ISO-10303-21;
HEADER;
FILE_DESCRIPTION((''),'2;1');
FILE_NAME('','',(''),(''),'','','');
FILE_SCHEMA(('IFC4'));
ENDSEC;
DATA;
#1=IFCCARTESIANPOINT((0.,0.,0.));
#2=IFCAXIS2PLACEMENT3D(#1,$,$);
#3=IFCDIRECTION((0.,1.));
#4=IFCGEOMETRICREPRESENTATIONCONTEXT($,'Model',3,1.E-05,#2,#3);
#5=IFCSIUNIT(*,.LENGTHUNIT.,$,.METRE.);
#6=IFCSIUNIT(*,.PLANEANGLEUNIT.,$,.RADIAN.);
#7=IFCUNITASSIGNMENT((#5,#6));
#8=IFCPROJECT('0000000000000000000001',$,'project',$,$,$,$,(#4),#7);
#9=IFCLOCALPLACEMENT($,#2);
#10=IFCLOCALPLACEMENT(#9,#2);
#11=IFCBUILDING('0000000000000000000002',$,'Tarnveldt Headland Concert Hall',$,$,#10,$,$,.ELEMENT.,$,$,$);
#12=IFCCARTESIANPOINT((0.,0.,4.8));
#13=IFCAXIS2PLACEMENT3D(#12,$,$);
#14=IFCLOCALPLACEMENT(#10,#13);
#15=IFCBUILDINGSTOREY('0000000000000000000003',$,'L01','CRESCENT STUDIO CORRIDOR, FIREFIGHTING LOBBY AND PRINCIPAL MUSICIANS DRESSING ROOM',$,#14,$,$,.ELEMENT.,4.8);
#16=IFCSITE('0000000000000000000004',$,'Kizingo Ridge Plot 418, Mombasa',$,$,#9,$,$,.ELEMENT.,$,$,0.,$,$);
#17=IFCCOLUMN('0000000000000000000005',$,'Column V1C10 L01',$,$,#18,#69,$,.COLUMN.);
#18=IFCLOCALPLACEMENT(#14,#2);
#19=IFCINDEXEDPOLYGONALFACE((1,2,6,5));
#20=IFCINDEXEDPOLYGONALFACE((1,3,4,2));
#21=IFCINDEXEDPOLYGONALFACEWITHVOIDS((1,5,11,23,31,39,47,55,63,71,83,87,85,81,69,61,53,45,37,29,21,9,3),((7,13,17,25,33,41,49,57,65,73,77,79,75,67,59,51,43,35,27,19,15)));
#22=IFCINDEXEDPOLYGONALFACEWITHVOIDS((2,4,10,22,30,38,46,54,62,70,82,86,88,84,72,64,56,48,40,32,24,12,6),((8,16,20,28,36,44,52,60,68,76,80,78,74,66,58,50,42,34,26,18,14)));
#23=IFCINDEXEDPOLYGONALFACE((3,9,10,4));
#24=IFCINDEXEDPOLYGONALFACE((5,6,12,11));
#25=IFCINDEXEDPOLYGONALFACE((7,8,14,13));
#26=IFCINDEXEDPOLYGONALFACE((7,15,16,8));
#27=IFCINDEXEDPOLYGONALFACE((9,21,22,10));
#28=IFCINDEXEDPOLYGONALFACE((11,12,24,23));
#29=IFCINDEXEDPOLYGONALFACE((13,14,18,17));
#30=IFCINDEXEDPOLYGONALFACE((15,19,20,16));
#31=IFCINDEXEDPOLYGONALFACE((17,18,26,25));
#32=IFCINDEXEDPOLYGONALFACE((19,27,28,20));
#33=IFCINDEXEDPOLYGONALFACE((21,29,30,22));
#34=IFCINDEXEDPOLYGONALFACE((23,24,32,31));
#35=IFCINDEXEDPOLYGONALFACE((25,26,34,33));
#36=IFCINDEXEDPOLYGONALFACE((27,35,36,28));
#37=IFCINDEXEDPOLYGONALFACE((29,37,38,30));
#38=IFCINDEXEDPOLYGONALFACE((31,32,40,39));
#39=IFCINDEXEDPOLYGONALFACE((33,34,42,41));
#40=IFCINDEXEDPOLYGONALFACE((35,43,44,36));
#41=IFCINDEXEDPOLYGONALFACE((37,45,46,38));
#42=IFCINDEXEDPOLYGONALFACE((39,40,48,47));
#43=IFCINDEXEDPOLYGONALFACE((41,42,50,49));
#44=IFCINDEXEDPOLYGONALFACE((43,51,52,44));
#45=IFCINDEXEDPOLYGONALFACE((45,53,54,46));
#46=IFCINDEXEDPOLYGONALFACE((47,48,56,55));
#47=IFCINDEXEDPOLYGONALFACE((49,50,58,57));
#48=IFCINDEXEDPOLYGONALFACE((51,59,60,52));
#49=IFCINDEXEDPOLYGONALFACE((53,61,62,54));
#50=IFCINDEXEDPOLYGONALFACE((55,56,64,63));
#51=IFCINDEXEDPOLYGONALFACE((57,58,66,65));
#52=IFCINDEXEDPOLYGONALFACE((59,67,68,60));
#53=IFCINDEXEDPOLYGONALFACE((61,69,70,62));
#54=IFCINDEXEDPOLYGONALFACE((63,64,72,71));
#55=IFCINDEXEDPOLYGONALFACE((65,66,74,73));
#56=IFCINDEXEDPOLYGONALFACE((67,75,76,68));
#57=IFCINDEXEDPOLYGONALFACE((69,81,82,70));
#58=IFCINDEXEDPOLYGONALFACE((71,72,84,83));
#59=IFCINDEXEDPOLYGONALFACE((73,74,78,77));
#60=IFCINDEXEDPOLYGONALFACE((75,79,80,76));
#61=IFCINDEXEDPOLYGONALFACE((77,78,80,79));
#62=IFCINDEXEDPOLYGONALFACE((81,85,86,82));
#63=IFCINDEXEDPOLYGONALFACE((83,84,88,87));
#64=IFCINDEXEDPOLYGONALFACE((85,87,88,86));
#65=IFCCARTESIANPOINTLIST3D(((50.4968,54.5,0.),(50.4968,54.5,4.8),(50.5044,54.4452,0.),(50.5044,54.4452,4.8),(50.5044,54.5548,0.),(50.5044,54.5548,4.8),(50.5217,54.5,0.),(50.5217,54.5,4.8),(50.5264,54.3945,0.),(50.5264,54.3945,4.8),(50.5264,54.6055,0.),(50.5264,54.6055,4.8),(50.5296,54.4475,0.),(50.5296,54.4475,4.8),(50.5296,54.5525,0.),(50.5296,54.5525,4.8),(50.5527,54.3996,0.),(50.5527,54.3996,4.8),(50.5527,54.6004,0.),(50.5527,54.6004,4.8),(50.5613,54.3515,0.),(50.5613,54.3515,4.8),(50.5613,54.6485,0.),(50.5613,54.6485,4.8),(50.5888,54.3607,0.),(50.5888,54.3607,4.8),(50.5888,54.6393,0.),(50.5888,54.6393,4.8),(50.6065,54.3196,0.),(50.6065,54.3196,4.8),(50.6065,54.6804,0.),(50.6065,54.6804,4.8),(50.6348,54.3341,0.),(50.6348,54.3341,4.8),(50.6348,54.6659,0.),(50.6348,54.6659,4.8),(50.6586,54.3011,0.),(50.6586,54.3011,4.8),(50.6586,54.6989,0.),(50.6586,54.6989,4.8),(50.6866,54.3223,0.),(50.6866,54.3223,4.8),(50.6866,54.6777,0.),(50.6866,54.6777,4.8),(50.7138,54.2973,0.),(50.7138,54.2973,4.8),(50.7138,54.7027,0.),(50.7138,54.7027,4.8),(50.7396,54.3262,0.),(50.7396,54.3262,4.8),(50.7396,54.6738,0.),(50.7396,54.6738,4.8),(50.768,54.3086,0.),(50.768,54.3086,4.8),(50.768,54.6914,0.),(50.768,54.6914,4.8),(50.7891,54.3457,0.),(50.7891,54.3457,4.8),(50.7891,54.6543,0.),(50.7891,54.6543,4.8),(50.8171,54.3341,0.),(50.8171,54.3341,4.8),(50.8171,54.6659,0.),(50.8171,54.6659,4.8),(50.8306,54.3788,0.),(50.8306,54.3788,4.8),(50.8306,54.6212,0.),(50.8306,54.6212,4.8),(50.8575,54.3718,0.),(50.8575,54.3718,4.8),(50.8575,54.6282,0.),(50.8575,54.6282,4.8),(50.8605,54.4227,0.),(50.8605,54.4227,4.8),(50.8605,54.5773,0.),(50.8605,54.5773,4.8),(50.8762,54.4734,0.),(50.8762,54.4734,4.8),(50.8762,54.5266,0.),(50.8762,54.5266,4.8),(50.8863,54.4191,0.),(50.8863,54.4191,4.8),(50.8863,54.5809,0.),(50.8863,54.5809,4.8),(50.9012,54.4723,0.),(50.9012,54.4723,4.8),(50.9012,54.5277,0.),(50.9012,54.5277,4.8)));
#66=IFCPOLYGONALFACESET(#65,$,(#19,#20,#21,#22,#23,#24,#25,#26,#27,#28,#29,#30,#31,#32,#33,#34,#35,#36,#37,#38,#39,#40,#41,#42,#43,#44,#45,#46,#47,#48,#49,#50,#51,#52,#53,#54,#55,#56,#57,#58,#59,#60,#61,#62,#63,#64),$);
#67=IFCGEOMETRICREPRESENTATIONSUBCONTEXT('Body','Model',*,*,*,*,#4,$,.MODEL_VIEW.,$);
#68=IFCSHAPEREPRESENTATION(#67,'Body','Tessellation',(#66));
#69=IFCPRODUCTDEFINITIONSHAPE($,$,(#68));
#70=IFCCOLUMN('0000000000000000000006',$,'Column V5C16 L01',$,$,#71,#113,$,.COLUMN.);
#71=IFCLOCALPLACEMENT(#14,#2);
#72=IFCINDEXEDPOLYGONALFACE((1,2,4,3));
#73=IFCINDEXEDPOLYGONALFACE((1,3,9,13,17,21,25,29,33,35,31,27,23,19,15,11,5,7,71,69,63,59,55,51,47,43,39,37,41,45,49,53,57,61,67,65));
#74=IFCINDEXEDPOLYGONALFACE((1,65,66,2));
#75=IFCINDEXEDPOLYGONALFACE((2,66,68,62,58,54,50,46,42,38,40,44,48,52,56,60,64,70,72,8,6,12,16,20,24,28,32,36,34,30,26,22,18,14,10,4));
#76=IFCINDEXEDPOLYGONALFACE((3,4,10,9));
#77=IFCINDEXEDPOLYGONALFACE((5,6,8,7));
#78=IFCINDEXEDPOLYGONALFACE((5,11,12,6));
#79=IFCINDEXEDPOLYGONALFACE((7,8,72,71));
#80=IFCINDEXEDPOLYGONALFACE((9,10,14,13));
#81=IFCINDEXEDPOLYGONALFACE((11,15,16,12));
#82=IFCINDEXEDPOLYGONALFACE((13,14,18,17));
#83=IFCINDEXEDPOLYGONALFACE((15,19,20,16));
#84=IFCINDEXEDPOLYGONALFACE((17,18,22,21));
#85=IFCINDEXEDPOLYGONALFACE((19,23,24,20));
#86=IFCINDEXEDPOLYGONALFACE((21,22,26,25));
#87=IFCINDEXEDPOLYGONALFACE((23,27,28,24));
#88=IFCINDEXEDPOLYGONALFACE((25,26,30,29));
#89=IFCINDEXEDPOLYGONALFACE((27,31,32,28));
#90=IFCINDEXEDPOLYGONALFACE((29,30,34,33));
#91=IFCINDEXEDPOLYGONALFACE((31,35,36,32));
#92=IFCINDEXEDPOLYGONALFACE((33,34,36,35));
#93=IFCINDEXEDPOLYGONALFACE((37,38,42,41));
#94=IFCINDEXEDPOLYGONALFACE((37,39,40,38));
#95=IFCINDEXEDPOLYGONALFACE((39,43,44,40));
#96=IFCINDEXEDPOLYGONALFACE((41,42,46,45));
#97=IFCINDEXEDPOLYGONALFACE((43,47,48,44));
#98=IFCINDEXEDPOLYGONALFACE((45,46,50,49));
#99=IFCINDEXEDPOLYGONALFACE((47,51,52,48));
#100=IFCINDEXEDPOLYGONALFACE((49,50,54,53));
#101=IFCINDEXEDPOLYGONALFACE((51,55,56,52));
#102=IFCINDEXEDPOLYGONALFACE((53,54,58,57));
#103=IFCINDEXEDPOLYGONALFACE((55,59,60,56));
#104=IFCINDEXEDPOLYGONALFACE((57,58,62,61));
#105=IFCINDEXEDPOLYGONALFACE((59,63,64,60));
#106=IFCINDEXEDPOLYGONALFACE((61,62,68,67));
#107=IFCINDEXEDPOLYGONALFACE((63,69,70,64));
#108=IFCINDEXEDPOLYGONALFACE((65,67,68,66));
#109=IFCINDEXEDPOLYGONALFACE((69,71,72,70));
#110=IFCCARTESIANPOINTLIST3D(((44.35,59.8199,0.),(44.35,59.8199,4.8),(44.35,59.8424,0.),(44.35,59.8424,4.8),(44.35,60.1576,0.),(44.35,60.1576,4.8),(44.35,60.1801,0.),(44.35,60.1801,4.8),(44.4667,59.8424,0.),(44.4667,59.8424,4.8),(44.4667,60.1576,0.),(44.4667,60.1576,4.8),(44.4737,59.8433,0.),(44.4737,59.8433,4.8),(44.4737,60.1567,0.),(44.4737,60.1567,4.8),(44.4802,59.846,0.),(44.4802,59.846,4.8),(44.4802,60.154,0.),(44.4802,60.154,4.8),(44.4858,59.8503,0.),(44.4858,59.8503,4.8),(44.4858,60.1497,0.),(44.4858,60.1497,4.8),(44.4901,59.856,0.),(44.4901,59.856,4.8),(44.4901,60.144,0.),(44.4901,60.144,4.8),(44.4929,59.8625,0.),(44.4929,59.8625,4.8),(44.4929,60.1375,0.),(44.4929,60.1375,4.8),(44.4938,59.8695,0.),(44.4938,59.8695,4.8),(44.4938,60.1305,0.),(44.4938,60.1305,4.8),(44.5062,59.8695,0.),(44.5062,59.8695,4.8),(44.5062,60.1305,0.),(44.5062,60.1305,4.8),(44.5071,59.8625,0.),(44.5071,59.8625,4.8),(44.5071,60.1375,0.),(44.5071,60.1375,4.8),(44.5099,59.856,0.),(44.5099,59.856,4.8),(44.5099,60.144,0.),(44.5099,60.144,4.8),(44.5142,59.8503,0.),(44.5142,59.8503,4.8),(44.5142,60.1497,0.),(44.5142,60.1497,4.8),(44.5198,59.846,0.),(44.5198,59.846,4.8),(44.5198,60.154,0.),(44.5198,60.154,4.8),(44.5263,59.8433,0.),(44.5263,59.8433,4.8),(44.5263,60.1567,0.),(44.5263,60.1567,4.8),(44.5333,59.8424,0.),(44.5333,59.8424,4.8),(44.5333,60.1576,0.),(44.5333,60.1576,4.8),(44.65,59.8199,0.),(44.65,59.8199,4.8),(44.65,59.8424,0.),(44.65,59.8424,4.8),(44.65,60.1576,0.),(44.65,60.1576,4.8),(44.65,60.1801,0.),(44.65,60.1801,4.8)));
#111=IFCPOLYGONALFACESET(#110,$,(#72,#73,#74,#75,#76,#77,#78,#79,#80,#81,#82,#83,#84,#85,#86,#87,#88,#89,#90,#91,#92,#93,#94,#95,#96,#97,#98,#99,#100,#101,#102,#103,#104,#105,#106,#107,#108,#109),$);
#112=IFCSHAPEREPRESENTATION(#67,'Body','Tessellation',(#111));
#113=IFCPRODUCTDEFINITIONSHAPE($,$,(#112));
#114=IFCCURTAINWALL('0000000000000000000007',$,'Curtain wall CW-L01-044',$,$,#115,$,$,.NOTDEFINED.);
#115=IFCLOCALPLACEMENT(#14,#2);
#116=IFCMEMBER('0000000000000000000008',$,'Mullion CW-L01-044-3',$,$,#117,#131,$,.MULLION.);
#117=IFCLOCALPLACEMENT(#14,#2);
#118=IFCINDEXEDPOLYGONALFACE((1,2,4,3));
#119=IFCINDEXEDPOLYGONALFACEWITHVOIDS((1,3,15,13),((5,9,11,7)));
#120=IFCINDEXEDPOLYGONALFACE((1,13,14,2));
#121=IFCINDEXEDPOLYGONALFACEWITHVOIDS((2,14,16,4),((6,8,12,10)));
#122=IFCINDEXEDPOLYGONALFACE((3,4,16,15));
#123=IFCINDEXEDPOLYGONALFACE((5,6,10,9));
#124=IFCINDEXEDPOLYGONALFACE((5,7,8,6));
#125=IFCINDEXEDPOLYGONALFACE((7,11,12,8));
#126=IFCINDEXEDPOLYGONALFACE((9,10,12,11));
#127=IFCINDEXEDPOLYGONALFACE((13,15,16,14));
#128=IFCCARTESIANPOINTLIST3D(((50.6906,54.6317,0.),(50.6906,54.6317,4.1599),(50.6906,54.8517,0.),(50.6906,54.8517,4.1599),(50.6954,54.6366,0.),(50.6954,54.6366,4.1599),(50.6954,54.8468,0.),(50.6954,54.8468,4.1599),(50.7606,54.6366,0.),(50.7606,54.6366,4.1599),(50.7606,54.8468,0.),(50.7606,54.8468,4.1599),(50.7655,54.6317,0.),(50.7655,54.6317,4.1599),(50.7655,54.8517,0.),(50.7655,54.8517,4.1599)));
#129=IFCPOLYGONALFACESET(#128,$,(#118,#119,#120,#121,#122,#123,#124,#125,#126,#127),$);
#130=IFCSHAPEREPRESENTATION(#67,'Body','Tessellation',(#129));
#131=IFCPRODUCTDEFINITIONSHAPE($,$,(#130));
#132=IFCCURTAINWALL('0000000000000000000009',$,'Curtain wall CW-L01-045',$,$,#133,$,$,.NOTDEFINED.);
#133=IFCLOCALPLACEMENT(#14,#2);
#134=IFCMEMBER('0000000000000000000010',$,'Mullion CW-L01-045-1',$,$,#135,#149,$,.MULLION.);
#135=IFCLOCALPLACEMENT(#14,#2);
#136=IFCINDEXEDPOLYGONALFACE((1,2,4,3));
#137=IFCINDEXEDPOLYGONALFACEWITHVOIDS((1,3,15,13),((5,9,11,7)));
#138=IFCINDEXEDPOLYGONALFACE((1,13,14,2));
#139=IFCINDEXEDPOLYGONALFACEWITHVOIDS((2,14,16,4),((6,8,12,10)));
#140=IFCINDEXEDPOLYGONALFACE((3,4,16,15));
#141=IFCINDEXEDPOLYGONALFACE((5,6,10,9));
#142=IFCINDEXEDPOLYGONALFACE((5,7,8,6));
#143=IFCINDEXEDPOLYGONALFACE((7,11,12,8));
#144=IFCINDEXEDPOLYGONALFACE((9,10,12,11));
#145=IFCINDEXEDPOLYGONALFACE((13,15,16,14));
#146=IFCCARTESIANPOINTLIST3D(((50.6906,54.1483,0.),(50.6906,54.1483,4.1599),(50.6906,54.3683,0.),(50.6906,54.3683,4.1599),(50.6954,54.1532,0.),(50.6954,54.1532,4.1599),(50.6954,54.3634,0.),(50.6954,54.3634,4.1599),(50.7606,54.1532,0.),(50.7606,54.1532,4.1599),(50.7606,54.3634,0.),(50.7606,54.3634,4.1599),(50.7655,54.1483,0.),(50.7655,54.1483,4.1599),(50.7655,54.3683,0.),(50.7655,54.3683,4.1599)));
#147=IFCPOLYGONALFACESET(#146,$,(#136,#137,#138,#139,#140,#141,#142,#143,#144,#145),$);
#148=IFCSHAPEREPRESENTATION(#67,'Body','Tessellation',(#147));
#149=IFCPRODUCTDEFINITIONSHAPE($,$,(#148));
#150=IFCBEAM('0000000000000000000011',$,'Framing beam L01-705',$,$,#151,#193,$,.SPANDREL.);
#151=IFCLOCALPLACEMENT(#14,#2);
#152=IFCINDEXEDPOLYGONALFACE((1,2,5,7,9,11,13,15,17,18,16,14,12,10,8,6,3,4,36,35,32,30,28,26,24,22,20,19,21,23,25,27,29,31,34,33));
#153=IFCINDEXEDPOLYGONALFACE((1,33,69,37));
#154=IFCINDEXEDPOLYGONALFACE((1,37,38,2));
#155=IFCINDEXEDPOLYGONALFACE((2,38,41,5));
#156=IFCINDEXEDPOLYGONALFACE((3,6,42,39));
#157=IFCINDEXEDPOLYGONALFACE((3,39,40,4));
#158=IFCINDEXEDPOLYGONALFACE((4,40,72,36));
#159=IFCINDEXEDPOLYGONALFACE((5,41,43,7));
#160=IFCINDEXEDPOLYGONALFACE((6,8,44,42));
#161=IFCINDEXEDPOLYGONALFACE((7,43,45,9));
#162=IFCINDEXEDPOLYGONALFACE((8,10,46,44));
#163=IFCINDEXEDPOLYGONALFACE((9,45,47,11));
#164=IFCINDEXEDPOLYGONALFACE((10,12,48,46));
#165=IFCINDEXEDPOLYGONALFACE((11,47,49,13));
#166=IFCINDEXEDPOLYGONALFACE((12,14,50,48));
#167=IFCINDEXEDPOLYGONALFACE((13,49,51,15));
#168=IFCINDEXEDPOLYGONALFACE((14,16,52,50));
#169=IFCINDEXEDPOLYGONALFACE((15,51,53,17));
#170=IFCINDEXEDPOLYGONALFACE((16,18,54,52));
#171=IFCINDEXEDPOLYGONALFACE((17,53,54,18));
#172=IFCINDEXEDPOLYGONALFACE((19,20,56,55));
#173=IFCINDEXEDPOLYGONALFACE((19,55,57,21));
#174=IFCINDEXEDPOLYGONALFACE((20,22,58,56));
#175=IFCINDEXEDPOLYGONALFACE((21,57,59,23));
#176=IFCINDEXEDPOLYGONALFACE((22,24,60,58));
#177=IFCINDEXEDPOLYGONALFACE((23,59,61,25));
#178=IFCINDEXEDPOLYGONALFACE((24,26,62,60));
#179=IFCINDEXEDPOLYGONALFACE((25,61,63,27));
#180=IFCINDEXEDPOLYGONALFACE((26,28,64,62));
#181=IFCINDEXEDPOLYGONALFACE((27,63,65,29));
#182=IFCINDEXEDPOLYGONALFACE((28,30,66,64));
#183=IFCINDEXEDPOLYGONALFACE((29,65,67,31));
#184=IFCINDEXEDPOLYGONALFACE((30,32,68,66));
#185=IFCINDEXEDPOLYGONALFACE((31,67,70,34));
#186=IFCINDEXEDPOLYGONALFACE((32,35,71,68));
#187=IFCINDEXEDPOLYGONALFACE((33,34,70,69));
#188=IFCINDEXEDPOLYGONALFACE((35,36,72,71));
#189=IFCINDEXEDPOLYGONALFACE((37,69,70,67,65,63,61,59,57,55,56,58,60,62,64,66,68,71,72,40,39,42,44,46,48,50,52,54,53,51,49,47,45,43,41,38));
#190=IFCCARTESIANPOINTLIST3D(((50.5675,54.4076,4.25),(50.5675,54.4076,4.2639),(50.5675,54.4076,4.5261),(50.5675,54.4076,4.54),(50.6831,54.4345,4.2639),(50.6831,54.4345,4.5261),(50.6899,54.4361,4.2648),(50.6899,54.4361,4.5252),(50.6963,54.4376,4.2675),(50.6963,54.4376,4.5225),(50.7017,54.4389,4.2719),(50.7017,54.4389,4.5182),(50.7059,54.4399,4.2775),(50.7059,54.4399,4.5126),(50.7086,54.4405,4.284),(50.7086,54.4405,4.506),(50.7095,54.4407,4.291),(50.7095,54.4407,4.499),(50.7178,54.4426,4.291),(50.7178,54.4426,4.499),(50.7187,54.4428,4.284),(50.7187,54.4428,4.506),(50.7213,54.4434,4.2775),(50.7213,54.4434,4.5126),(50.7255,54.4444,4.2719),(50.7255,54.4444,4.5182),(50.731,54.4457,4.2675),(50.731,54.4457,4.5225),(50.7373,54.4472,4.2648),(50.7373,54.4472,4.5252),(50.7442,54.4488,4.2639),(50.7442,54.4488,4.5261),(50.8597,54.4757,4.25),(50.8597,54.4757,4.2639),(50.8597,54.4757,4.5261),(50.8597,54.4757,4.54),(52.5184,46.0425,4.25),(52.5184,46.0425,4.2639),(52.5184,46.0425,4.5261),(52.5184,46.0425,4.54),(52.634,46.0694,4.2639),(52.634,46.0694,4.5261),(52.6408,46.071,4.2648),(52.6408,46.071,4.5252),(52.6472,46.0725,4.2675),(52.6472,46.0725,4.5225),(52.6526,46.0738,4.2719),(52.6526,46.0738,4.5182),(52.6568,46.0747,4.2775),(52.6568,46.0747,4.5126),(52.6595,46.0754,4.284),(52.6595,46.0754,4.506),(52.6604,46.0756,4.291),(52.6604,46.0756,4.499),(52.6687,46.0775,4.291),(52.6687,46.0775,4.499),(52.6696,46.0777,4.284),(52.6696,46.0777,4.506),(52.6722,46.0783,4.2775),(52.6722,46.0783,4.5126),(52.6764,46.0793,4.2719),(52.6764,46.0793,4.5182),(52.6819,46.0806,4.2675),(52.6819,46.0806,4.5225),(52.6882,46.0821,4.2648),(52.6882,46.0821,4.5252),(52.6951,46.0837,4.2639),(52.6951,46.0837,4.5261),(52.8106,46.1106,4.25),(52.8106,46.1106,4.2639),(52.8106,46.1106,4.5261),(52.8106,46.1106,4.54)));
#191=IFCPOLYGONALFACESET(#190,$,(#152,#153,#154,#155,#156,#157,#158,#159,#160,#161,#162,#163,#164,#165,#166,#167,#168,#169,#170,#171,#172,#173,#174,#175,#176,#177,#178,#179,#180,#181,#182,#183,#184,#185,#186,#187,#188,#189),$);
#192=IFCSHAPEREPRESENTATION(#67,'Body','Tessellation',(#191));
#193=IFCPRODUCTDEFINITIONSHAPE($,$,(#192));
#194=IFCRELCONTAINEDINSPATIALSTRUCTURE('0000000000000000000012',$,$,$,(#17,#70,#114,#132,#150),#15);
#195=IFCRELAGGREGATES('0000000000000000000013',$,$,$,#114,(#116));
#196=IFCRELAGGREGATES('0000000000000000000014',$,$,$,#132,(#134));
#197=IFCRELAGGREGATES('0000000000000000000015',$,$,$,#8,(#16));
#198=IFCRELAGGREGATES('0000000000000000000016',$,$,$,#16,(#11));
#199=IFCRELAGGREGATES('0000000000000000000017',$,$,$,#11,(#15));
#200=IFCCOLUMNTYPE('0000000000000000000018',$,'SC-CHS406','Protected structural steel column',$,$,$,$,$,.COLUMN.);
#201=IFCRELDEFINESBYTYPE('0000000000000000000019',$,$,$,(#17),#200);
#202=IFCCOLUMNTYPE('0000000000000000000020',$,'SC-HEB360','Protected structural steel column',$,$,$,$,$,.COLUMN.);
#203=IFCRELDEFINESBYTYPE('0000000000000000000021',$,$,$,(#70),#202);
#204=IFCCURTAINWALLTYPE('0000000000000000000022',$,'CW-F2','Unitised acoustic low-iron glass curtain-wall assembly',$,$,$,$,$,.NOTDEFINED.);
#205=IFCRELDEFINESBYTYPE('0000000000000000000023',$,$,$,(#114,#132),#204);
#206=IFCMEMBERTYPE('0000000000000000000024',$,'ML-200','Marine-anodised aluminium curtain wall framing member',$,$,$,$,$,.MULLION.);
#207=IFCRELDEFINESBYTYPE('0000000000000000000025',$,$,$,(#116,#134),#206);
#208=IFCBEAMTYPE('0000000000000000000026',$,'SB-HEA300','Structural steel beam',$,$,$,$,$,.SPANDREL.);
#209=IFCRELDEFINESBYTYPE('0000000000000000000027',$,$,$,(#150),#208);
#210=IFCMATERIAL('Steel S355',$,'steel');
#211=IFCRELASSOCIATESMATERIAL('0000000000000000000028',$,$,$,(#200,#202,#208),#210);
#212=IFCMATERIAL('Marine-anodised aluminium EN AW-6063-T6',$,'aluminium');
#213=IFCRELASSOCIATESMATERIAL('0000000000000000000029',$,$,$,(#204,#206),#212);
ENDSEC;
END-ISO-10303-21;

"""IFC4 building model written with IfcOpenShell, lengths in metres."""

from ifc_helpers import new_model, si_unit, direction, frame, origin, origin_2d, place, context, subcontext, project, spatial, hollow_rectangle, hollow_circle, i_section, extrude, material, material_profile, profile_set, type_object, element, aggregate, save


model = new_model("IFC4")

# Units and contexts
model_context = context("Model", 3, precision=1e-05, world=origin(), true_north=direction((0.0, 1.0)))
body_context = subcontext(model_context, "Body", "Model", "MODEL_VIEW")
ifc_project = project(units=[si_unit("LENGTHUNIT", "METRE"), si_unit("PLANEANGLEUNIT", "RADIAN")], contexts=[model_context])

# Site, building, storey
site_placement = place(None, origin())
site = spatial("IfcSite", under=ifc_project, at=site_placement, Name="Kizingo Ridge Plot 418, Mombasa", CompositionType="ELEMENT", RefElevation=0.0)
building_placement = place(site_placement, origin())
building = spatial("IfcBuilding", under=site, at=building_placement, Name="Tarnveldt Headland Concert Hall", CompositionType="ELEMENT")
storey_placement = place(building_placement, frame((0.0, 0.0, 4.8)))
storey = spatial("IfcBuildingStorey", under=building, at=storey_placement, Name="L01", Description="CRESCENT STUDIO CORRIDOR, FIREFIGHTING LOBBY AND PRINCIPAL MUSICIANS DRESSING ROOM", CompositionType="ELEMENT", Elevation=4.8)

# Columns
ifc_material_1 = material(Name="Steel S355", Category="steel")
ifc_material_profile_1 = material_profile(ifc_material_1, hollow_circle(Radius=0.2031, WallThickness=0.0249, at=origin_2d()), Name="CHS 406.4x25", Category="steel")
ifc_profile_set_1 = profile_set([ifc_material_profile_1], Name="Steel S355")
column_type_1 = type_object("IfcColumnType", Name="SC-CHS406", Description="Protected structural steel column", PredefinedType="COLUMN", material=ifc_profile_set_1)
column_1_placement = place(storey_placement, frame((50.7, 54.5, 0.0), z_axis=(0.0, 0.0, 1.0), x_axis=(-1.0, 0.0, 0.0)))
element("IfcColumn", 1, at=column_1_placement, inside=storey, type_object=column_type_1, Name="Column V1C10 L01", PredefinedType="COLUMN", context=body_context, shape_type="SweptSolid", body=[
    extrude(hollow_circle(Radius=0.2031, WallThickness=0.0249, at=origin_2d()), origin(), (0.0, 0.0, 1.0), 4.8),
])
ifc_material_profile_2 = material_profile(ifc_material_1, i_section(OverallWidth=0.3, OverallDepth=0.3601, WebThickness=0.0125, FlangeThickness=0.0225, FilletRadius=0.0271, at=origin_2d()), Name="HEB360", Category="steel")
ifc_profile_set_2 = profile_set([ifc_material_profile_2], Name="Steel S355")
column_type_2 = type_object("IfcColumnType", Name="SC-HEB360", Description="Protected structural steel column", PredefinedType="COLUMN", material=ifc_profile_set_2)
column_2_placement = place(storey_placement, frame((44.5, 60.0, 0.0), z_axis=(0.0, 0.0, 1.0), x_axis=(1.0, 0.0, 0.0)))
element("IfcColumn", 2, at=column_2_placement, inside=storey, type_object=column_type_2, Name="Column V5C16 L01", PredefinedType="COLUMN", context=body_context, shape_type="SweptSolid", body=[
    extrude(i_section(OverallWidth=0.3, OverallDepth=0.3601, WebThickness=0.0125, FlangeThickness=0.0225, FilletRadius=0.0271, at=origin_2d()), origin(), (0.0, 0.0, 1.0), 4.8),
])

# Curtain walls, members
ifc_material_2 = material(Name="Marine-anodised aluminium EN AW-6063-T6", Category="aluminium")
curtain_wall_type = type_object("IfcCurtainWallType", Name="CW-F2", Description="Unitised acoustic low-iron glass curtain-wall assembly", PredefinedType="NOTDEFINED", material=ifc_material_2)
curtain_wall_1_placement = place(storey_placement, origin())
curtain_wall_1 = element("IfcCurtainWall", 3, at=curtain_wall_1_placement, inside=storey, type_object=curtain_wall_type, Name="Curtain wall CW-L01-044", PredefinedType="NOTDEFINED")
ifc_material_profile_3 = material_profile(ifc_material_2, hollow_rectangle(XDim=0.075, YDim=0.22, WallThickness=0.0049, at=origin_2d()), Name="ALU MULLION 75x220x5", Category="aluminium")
ifc_profile_set_3 = profile_set([ifc_material_profile_3], Name="Marine-anodised aluminium EN AW-6063-T6")
member_type_1 = type_object("IfcMemberType", Name="ML-200", Description="Marine-anodised aluminium curtain wall framing member", PredefinedType="MULLION", material=ifc_profile_set_3)
member_1_placement = place(storey_placement, frame((50.728, 54.7417, 0.0), z_axis=(0.0, 0.0, 1.0), x_axis=(1.0, 0.0, 0.0)))
member_1 = element("IfcMember", 4, at=member_1_placement, type_object=member_type_1, Name="Mullion CW-L01-044-3", PredefinedType="MULLION", context=body_context, shape_type="SweptSolid", body=[
    extrude(hollow_rectangle(XDim=0.075, YDim=0.22, WallThickness=0.0049, at=origin_2d()), origin(), (0.0, 0.0, 1.0), 4.1599),
])
aggregate(curtain_wall_1, [member_1])
curtain_wall_2_placement = place(storey_placement, origin())
curtain_wall_2 = element("IfcCurtainWall", 5, at=curtain_wall_2_placement, inside=storey, type_object=curtain_wall_type, Name="Curtain wall CW-L01-045", PredefinedType="NOTDEFINED")
member_2_placement = place(storey_placement, frame((50.728, 54.2583, 0.0), z_axis=(0.0, 0.0, 1.0), x_axis=(1.0, 0.0, 0.0)))
member_2 = element("IfcMember", 6, at=member_2_placement, type_object=member_type_1, Name="Mullion CW-L01-045-1", PredefinedType="MULLION", context=body_context, shape_type="SweptSolid", body=[
    extrude(hollow_rectangle(XDim=0.075, YDim=0.22, WallThickness=0.0049, at=origin_2d()), origin(), (0.0, 0.0, 1.0), 4.1599),
])

# Beam
ifc_material_profile_4 = material_profile(ifc_material_1, i_section(OverallWidth=0.3, OverallDepth=0.29, WebThickness=0.0085, FlangeThickness=0.0139, FilletRadius=0.0271, at=origin_2d()), Name="HEA300", Category="steel")
ifc_profile_set_4 = profile_set([ifc_material_profile_4], Name="Steel S355")
beam_type_1 = type_object("IfcBeamType", Name="SB-HEA300", Description="Structural steel beam", PredefinedType="SPANDREL", material=ifc_profile_set_4)
beam_1_placement = place(storey_placement, frame((50.7136, 54.4417, 4.395), z_axis=(0.227124, -0.973866, 0.0), x_axis=(0.973866, 0.227124, 0.0)))
element("IfcBeam", 7, at=beam_1_placement, inside=storey, type_object=beam_type_1, Name="Framing beam L01-705", PredefinedType="SPANDREL", context=body_context, shape_type="SweptSolid", body=[
    extrude(i_section(OverallWidth=0.3, OverallDepth=0.29, WebThickness=0.0085, FlangeThickness=0.0139, FilletRadius=0.0271, at=origin_2d()), origin(), (0.0, 0.0, 1.0), 8.5896),
])

aggregate(curtain_wall_2, [member_2])

save(model, "model.ifc")
